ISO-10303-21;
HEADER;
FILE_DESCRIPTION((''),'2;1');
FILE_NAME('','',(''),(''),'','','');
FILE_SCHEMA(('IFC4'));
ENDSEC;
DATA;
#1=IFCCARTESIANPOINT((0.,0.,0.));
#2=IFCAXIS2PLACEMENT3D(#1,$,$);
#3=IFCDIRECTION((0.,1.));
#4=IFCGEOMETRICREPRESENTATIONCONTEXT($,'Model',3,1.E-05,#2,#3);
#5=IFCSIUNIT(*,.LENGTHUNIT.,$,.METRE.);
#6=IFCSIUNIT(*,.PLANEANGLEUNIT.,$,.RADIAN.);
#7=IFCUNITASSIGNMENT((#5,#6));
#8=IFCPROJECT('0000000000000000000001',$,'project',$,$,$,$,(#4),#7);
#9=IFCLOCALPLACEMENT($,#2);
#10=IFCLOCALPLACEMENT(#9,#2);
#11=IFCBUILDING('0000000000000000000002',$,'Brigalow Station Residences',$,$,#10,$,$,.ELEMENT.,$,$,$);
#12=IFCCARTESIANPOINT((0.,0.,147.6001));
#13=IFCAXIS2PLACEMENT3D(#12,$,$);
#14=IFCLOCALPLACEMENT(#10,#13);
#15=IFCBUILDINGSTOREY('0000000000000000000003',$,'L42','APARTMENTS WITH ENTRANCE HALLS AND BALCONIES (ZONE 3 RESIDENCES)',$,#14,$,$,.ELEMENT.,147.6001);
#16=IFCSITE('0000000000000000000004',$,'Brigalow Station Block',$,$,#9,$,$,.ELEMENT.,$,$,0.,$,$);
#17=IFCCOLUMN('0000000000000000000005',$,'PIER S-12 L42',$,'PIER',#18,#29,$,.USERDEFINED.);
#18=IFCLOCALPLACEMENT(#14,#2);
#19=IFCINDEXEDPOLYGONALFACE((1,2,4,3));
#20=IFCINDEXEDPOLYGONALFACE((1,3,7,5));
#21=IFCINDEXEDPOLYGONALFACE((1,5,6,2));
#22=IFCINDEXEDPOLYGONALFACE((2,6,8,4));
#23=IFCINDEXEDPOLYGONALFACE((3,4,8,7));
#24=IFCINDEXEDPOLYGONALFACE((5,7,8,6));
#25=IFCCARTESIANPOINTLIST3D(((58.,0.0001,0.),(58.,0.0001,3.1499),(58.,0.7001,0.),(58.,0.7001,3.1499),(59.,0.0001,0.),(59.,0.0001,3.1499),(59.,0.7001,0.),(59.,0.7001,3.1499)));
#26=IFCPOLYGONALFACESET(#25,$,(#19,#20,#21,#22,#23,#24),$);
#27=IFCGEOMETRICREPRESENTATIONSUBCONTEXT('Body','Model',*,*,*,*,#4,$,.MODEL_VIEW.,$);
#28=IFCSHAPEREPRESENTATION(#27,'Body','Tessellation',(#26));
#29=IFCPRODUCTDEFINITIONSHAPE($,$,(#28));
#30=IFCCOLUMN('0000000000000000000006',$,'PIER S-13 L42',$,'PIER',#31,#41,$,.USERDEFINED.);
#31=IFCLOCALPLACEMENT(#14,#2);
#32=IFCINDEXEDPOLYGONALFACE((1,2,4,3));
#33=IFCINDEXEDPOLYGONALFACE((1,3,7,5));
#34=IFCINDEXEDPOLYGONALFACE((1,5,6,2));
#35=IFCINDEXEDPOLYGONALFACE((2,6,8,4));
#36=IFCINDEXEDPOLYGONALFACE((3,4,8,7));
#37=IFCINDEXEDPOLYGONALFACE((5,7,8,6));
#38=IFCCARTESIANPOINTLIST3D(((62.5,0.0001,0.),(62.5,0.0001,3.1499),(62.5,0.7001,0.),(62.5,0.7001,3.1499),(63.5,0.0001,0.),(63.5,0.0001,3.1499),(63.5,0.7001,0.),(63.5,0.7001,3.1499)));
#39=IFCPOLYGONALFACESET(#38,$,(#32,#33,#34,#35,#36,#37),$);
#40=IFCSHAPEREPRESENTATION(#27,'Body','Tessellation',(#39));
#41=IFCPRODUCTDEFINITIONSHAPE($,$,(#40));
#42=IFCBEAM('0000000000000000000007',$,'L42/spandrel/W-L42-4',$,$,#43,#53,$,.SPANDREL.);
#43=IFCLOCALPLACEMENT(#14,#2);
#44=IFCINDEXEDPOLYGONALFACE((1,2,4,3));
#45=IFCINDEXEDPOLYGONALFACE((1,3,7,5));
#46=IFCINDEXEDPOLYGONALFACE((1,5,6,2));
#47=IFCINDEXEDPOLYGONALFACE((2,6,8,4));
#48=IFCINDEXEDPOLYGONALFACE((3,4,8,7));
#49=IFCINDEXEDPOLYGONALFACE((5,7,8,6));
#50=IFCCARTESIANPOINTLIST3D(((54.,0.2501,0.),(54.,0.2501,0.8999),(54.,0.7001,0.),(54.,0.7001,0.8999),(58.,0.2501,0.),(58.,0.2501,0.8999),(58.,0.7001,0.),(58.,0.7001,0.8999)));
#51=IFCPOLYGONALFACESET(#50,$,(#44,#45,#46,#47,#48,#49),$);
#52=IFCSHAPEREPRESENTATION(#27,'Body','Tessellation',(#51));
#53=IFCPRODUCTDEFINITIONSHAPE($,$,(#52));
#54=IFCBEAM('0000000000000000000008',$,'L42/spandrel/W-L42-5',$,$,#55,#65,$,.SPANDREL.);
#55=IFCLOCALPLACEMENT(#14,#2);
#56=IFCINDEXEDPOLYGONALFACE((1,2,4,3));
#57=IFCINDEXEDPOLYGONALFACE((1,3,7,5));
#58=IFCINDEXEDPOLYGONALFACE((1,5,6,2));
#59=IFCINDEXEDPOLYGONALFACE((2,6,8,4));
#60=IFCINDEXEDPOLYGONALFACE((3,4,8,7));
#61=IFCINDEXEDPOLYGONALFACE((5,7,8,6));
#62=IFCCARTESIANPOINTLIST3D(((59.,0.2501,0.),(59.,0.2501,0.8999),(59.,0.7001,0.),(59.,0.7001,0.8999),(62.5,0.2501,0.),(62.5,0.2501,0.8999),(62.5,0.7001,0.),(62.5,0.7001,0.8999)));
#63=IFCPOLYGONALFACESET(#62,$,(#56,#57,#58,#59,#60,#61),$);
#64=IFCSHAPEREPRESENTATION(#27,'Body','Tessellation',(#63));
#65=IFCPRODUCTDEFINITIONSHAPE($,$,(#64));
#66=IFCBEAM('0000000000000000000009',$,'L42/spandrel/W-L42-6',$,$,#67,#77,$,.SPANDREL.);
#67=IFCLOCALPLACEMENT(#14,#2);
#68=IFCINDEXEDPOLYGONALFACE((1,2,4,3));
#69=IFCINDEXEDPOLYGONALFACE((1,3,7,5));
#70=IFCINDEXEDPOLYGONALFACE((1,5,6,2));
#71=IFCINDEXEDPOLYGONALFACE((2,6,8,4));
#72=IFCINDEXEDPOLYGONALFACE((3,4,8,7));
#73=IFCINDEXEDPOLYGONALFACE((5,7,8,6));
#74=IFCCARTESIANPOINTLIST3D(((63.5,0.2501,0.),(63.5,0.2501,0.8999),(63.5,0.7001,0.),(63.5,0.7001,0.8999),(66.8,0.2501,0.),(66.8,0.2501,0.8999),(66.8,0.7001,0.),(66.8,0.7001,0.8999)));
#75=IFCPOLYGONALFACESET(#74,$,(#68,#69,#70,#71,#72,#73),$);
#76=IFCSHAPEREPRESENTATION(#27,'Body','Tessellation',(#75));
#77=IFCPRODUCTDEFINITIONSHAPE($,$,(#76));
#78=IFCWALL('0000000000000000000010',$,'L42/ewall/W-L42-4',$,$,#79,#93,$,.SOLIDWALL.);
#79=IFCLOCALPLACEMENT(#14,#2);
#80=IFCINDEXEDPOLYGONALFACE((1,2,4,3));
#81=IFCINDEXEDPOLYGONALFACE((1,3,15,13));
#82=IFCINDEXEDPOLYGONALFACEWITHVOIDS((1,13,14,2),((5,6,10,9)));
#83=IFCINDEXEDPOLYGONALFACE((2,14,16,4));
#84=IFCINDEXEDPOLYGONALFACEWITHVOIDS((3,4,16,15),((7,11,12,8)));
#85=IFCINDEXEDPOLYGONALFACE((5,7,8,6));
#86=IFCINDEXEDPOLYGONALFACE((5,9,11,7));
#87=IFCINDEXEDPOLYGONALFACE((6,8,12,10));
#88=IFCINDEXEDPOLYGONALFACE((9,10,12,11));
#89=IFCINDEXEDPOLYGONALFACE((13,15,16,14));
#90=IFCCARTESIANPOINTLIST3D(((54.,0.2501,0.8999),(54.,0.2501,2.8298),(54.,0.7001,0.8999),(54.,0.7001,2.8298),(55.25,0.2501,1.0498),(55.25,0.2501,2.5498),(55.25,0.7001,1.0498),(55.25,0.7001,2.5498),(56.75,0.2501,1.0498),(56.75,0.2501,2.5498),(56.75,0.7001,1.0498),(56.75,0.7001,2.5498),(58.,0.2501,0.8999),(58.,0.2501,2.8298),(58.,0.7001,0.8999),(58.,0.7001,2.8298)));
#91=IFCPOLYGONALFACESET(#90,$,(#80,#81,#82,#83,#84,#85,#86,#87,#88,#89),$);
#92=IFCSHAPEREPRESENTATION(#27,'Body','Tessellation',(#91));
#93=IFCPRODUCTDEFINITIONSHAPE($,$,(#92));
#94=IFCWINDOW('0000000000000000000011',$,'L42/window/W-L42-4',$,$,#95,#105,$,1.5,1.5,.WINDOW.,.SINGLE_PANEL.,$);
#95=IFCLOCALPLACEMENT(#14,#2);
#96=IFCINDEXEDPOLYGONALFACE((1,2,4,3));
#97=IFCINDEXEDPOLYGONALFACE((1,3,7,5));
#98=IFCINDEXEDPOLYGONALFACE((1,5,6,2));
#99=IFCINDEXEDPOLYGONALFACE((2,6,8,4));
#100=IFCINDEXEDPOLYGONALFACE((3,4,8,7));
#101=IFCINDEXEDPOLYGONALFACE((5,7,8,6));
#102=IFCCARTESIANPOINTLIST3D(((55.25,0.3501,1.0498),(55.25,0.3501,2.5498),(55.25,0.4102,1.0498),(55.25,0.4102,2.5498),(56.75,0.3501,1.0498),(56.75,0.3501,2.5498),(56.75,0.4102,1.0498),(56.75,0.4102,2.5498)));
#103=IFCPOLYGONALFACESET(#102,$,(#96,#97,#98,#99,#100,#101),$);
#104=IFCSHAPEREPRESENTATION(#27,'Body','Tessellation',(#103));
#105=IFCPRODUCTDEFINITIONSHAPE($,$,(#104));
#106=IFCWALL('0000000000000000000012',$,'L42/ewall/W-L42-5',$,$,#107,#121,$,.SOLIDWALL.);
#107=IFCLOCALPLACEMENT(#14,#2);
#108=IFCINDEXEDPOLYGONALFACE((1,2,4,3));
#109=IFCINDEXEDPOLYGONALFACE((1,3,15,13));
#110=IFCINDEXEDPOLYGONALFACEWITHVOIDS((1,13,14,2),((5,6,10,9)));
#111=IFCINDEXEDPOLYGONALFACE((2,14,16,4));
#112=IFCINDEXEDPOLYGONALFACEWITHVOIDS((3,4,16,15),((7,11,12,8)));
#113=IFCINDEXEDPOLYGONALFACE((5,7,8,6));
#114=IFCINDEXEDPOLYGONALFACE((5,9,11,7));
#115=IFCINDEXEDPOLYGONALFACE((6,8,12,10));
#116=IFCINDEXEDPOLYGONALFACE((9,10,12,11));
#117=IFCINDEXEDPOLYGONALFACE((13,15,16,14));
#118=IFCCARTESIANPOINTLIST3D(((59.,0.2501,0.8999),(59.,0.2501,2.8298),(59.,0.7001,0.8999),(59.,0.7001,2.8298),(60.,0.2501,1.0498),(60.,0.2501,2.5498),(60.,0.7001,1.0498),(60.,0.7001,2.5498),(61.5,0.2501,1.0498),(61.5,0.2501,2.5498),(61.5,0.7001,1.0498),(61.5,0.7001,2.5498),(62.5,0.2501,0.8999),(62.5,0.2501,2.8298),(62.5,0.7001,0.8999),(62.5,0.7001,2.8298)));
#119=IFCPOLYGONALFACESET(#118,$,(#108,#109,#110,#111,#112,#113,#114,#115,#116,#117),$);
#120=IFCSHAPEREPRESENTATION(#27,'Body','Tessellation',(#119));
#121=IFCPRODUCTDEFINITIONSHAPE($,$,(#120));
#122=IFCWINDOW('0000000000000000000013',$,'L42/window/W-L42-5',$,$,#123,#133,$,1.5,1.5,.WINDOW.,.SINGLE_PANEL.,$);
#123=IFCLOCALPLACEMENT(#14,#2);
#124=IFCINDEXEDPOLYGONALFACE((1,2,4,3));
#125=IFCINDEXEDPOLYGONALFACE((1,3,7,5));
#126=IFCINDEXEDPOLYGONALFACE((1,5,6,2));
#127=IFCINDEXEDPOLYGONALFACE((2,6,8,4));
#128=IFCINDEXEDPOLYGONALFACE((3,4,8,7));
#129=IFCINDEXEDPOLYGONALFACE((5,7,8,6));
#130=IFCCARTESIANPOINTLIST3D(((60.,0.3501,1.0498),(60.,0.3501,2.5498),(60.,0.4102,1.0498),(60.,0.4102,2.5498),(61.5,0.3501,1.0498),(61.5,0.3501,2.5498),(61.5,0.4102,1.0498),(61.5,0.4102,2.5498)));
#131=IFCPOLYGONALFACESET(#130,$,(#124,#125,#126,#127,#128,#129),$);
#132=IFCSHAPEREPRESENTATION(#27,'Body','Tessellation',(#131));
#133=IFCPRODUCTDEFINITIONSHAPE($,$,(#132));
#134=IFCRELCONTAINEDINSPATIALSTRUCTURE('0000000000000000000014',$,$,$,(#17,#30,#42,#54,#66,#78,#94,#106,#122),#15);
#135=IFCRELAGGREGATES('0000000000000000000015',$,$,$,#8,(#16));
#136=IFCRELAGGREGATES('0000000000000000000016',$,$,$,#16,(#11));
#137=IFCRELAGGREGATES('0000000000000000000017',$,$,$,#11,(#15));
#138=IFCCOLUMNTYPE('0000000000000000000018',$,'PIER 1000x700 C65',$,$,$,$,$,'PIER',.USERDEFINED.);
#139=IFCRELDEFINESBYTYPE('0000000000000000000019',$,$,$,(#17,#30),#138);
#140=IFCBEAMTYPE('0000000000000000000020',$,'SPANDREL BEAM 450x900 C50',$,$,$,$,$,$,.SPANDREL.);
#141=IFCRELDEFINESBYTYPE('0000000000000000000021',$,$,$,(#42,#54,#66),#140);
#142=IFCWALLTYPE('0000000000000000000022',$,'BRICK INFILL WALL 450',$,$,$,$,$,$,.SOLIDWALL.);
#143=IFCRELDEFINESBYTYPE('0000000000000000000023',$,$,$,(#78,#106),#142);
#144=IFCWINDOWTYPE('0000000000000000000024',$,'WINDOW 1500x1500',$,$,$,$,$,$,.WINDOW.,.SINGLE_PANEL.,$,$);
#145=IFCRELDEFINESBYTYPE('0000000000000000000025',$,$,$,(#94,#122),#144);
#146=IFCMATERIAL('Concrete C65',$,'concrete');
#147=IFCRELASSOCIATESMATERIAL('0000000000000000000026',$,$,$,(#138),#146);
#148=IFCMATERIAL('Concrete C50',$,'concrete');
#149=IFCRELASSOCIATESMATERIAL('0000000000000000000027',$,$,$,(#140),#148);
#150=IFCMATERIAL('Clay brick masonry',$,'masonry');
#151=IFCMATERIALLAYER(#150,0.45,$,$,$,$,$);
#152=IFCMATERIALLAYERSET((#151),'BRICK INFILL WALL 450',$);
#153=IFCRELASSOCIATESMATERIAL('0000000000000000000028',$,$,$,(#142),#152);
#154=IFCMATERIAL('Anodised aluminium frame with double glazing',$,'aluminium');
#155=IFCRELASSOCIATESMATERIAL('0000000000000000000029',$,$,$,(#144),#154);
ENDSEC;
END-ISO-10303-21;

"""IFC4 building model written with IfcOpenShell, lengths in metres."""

from ifc_helpers import new_model, si_unit, direction, frame, frame_2d, origin, origin_2d, place, context, subcontext, project, spatial, rectangle, extrude, material, layer, layer_set, material_profile, profile_set, type_object, element, fill, save


model = new_model("IFC4")

# Units and contexts
model_context = context("Model", 3, precision=1e-05, world=origin(), true_north=direction((0.0, 1.0)))
body_context = subcontext(model_context, "Body", "Model", "MODEL_VIEW")
ifc_project = project(units=[si_unit("LENGTHUNIT", "METRE"), si_unit("PLANEANGLEUNIT", "RADIAN")], contexts=[model_context])

# Site, building, storey
site_placement = place(None, origin())
site = spatial("IfcSite", under=ifc_project, at=site_placement, Name="Brigalow Station Block", CompositionType="ELEMENT", RefElevation=0.0)
building_placement = place(site_placement, origin())
building = spatial("IfcBuilding", under=site, at=building_placement, Name="Brigalow Station Residences", CompositionType="ELEMENT")
storey_placement = place(building_placement, frame((0.0, 0.0, 147.6001)))
storey = spatial("IfcBuildingStorey", under=building, at=storey_placement, Name="L42", Description="APARTMENTS WITH ENTRANCE HALLS AND BALCONIES (ZONE 3 RESIDENCES)", CompositionType="ELEMENT", Elevation=147.6001)

# Columns
ifc_material_1 = material(Name="Concrete C65", Category="concrete")
ifc_material_profile_1 = material_profile(ifc_material_1, rectangle(XDim=1.0, YDim=0.7, at=origin_2d()), Name="RC1000x700")
ifc_profile_set_1 = profile_set([ifc_material_profile_1], Name="Concrete C65")
column_type = type_object("IfcColumnType", Name="PIER 1000x700 C65", ElementType="PIER", PredefinedType="USERDEFINED", material=ifc_profile_set_1)
for number, where, z_axis, x_axis, name in (
    (1, (58.5, 0.3501, 0.0), (0.0, 0.0, 1.0), (1.0, 0.0, 0.0), "PIER S-12 L42"),
    (2, (63.0, 0.3501, 0.0), (0.0, 0.0, 1.0), (1.0, 0.0, 0.0), "PIER S-13 L42"),
):
    element("IfcColumn", number, at=place(storey_placement, frame(where, z_axis=z_axis, x_axis=x_axis)), inside=storey, type_object=column_type, Name=name, ObjectType="PIER", PredefinedType="USERDEFINED", context=body_context, shape_type="SweptSolid", body=[
        extrude(rectangle(XDim=1.0, YDim=0.7, at=origin_2d()), origin(), (0.0, 0.0, 1.0), 3.1499),
    ])

# Beams
ifc_material_2 = material(Name="Concrete C50", Category="concrete")
ifc_material_profile_2 = material_profile(ifc_material_2, rectangle(XDim=0.45, YDim=0.8999, at=origin_2d()), Name="RC450x900")
ifc_profile_set_2 = profile_set([ifc_material_profile_2], Name="Concrete C50")
beam_type = type_object("IfcBeamType", Name="SPANDREL BEAM 450x900 C50", PredefinedType="SPANDREL", material=ifc_profile_set_2)
beam_1_placement = place(storey_placement, frame((54.0, 0.4751, 0.45), z_axis=(1.0, 0.0, 0.0), x_axis=(0.0, 1.0, 0.0)))
element("IfcBeam", 3, at=beam_1_placement, inside=storey, type_object=beam_type, Name="L42/spandrel/W-L42-4", PredefinedType="SPANDREL", context=body_context, shape_type="SweptSolid", body=[
    extrude(rectangle(XDim=0.45, YDim=0.8999, at=origin_2d()), origin(), (0.0, 0.0, 1.0), 4.0),
])
beam_2_placement = place(storey_placement, frame((59.0, 0.4751, 0.45), z_axis=(1.0, 0.0, 0.0), x_axis=(0.0, 1.0, 0.0)))
element("IfcBeam", 4, at=beam_2_placement, inside=storey, type_object=beam_type, Name="L42/spandrel/W-L42-5", PredefinedType="SPANDREL", context=body_context, shape_type="SweptSolid", body=[
    extrude(rectangle(XDim=0.45, YDim=0.8999, at=origin_2d()), origin(), (0.0, 0.0, 1.0), 3.5),
])
beam_3_placement = place(storey_placement, frame((63.5, 0.4751, 0.45), z_axis=(1.0, 0.0, 0.0), x_axis=(0.0, 1.0, 0.0)))
element("IfcBeam", 5, at=beam_3_placement, inside=storey, type_object=beam_type, Name="L42/spandrel/W-L42-6", PredefinedType="SPANDREL", context=body_context, shape_type="SweptSolid", body=[
    extrude(rectangle(XDim=0.45, YDim=0.8999, at=origin_2d()), origin(), (0.0, 0.0, 1.0), 3.3),
])

# Walls, openings, windows
ifc_material_3 = material(Name="Clay brick masonry", Category="masonry")
ifc_layer_1 = layer(ifc_material_3, 0.45)
ifc_layer_set_1 = layer_set([ifc_layer_1], Name="BRICK INFILL WALL 450")
wall_type_1 = type_object("IfcWallType", Name="BRICK INFILL WALL 450", PredefinedType="SOLIDWALL", material=ifc_layer_set_1)
wall_1_placement = place(storey_placement, frame((54.0, 0.4751, 0.8999), z_axis=(0.0, 0.0, 1.0), x_axis=(1.0, 0.0, 0.0)))
wall_1 = element("IfcWall", 6, at=wall_1_placement, inside=storey, type_object=wall_type_1, Name="L42/ewall/W-L42-4", PredefinedType="SOLIDWALL", context=body_context, shape_type="SweptSolid", body=[
    extrude(rectangle(XDim=4.0, YDim=0.45, at=frame_2d((2.0, 0.0))), origin(), (0.0, 0.0, 1.0), 1.9299),
])
opening_1_placement = place(wall_1_placement, frame((1.25, 0.0, 0.1499)))
opening_1 = element("IfcOpeningElement", 7, at=opening_1_placement, cuts=wall_1, PredefinedType="OPENING", context=body_context, shape_type="SweptSolid", body=[
    extrude(rectangle(XDim=1.5, YDim=1.5, at=frame_2d((0.75, 0.75))), frame((0.0, 0.2349, 0.0), z_axis=(0.0, -1.0, 0.0), x_axis=(1.0, 0.0, 0.0)), (0.0, 0.0, 1.0), 0.47),
])
ifc_material_4 = material(Name="Anodised aluminium frame with double glazing", Category="aluminium")
window_type = type_object("IfcWindowType", Name="WINDOW 1500x1500", PartitioningType="SINGLE_PANEL", PredefinedType="WINDOW", material=ifc_material_4)
window_1_placement = place(opening_1_placement, origin())
window_1 = element("IfcWindow", 8, at=window_1_placement, inside=storey, type_object=window_type, Name="L42/window/W-L42-4", OverallHeight=1.5, OverallWidth=1.5, PartitioningType="SINGLE_PANEL", PredefinedType="WINDOW", context=body_context, shape_type="SweptSolid", body=[
    extrude(rectangle(XDim=1.5, YDim=1.5, at=frame_2d((0.75, 0.75))), frame((0.0, -0.0649, 0.0), z_axis=(0.0, -1.0, 0.0), x_axis=(1.0, 0.0, 0.0)), (0.0, 0.0, 1.0), 0.0601),
])
fill(opening_1, window_1)
wall_2_placement = place(storey_placement, frame((59.0, 0.4751, 0.8999), z_axis=(0.0, 0.0, 1.0), x_axis=(1.0, 0.0, 0.0)))
wall_2 = element("IfcWall", 9, at=wall_2_placement, inside=storey, type_object=wall_type_1, Name="L42/ewall/W-L42-5", PredefinedType="SOLIDWALL", context=body_context, shape_type="SweptSolid", body=[
    extrude(rectangle(XDim=3.5, YDim=0.45, at=frame_2d((1.75, 0.0))), origin(), (0.0, 0.0, 1.0), 1.9299),
])
opening_2_placement = place(wall_2_placement, frame((1.0, 0.0, 0.1499)))
opening_2 = element("IfcOpeningElement", 10, at=opening_2_placement, cuts=wall_2, PredefinedType="OPENING", context=body_context, shape_type="SweptSolid", body=[
    extrude(rectangle(XDim=1.5, YDim=1.5, at=frame_2d((0.75, 0.75))), frame((0.0, 0.2349, 0.0), z_axis=(0.0, -1.0, 0.0), x_axis=(1.0, 0.0, 0.0)), (0.0, 0.0, 1.0), 0.47),
])
window_2_placement = place(opening_2_placement, origin())
window_2 = element("IfcWindow", 11, at=window_2_placement, inside=storey, type_object=window_type, Name="L42/window/W-L42-5", OverallHeight=1.5, OverallWidth=1.5, PartitioningType="SINGLE_PANEL", PredefinedType="WINDOW", context=body_context, shape_type="SweptSolid", body=[
    extrude(rectangle(XDim=1.5, YDim=1.5, at=frame_2d((0.75, 0.75))), frame((0.0, -0.0649, 0.0), z_axis=(0.0, -1.0, 0.0), x_axis=(1.0, 0.0, 0.0)), (0.0, 0.0, 1.0), 0.0601),
])
fill(opening_2, window_2)

save(model, "model.ifc")
